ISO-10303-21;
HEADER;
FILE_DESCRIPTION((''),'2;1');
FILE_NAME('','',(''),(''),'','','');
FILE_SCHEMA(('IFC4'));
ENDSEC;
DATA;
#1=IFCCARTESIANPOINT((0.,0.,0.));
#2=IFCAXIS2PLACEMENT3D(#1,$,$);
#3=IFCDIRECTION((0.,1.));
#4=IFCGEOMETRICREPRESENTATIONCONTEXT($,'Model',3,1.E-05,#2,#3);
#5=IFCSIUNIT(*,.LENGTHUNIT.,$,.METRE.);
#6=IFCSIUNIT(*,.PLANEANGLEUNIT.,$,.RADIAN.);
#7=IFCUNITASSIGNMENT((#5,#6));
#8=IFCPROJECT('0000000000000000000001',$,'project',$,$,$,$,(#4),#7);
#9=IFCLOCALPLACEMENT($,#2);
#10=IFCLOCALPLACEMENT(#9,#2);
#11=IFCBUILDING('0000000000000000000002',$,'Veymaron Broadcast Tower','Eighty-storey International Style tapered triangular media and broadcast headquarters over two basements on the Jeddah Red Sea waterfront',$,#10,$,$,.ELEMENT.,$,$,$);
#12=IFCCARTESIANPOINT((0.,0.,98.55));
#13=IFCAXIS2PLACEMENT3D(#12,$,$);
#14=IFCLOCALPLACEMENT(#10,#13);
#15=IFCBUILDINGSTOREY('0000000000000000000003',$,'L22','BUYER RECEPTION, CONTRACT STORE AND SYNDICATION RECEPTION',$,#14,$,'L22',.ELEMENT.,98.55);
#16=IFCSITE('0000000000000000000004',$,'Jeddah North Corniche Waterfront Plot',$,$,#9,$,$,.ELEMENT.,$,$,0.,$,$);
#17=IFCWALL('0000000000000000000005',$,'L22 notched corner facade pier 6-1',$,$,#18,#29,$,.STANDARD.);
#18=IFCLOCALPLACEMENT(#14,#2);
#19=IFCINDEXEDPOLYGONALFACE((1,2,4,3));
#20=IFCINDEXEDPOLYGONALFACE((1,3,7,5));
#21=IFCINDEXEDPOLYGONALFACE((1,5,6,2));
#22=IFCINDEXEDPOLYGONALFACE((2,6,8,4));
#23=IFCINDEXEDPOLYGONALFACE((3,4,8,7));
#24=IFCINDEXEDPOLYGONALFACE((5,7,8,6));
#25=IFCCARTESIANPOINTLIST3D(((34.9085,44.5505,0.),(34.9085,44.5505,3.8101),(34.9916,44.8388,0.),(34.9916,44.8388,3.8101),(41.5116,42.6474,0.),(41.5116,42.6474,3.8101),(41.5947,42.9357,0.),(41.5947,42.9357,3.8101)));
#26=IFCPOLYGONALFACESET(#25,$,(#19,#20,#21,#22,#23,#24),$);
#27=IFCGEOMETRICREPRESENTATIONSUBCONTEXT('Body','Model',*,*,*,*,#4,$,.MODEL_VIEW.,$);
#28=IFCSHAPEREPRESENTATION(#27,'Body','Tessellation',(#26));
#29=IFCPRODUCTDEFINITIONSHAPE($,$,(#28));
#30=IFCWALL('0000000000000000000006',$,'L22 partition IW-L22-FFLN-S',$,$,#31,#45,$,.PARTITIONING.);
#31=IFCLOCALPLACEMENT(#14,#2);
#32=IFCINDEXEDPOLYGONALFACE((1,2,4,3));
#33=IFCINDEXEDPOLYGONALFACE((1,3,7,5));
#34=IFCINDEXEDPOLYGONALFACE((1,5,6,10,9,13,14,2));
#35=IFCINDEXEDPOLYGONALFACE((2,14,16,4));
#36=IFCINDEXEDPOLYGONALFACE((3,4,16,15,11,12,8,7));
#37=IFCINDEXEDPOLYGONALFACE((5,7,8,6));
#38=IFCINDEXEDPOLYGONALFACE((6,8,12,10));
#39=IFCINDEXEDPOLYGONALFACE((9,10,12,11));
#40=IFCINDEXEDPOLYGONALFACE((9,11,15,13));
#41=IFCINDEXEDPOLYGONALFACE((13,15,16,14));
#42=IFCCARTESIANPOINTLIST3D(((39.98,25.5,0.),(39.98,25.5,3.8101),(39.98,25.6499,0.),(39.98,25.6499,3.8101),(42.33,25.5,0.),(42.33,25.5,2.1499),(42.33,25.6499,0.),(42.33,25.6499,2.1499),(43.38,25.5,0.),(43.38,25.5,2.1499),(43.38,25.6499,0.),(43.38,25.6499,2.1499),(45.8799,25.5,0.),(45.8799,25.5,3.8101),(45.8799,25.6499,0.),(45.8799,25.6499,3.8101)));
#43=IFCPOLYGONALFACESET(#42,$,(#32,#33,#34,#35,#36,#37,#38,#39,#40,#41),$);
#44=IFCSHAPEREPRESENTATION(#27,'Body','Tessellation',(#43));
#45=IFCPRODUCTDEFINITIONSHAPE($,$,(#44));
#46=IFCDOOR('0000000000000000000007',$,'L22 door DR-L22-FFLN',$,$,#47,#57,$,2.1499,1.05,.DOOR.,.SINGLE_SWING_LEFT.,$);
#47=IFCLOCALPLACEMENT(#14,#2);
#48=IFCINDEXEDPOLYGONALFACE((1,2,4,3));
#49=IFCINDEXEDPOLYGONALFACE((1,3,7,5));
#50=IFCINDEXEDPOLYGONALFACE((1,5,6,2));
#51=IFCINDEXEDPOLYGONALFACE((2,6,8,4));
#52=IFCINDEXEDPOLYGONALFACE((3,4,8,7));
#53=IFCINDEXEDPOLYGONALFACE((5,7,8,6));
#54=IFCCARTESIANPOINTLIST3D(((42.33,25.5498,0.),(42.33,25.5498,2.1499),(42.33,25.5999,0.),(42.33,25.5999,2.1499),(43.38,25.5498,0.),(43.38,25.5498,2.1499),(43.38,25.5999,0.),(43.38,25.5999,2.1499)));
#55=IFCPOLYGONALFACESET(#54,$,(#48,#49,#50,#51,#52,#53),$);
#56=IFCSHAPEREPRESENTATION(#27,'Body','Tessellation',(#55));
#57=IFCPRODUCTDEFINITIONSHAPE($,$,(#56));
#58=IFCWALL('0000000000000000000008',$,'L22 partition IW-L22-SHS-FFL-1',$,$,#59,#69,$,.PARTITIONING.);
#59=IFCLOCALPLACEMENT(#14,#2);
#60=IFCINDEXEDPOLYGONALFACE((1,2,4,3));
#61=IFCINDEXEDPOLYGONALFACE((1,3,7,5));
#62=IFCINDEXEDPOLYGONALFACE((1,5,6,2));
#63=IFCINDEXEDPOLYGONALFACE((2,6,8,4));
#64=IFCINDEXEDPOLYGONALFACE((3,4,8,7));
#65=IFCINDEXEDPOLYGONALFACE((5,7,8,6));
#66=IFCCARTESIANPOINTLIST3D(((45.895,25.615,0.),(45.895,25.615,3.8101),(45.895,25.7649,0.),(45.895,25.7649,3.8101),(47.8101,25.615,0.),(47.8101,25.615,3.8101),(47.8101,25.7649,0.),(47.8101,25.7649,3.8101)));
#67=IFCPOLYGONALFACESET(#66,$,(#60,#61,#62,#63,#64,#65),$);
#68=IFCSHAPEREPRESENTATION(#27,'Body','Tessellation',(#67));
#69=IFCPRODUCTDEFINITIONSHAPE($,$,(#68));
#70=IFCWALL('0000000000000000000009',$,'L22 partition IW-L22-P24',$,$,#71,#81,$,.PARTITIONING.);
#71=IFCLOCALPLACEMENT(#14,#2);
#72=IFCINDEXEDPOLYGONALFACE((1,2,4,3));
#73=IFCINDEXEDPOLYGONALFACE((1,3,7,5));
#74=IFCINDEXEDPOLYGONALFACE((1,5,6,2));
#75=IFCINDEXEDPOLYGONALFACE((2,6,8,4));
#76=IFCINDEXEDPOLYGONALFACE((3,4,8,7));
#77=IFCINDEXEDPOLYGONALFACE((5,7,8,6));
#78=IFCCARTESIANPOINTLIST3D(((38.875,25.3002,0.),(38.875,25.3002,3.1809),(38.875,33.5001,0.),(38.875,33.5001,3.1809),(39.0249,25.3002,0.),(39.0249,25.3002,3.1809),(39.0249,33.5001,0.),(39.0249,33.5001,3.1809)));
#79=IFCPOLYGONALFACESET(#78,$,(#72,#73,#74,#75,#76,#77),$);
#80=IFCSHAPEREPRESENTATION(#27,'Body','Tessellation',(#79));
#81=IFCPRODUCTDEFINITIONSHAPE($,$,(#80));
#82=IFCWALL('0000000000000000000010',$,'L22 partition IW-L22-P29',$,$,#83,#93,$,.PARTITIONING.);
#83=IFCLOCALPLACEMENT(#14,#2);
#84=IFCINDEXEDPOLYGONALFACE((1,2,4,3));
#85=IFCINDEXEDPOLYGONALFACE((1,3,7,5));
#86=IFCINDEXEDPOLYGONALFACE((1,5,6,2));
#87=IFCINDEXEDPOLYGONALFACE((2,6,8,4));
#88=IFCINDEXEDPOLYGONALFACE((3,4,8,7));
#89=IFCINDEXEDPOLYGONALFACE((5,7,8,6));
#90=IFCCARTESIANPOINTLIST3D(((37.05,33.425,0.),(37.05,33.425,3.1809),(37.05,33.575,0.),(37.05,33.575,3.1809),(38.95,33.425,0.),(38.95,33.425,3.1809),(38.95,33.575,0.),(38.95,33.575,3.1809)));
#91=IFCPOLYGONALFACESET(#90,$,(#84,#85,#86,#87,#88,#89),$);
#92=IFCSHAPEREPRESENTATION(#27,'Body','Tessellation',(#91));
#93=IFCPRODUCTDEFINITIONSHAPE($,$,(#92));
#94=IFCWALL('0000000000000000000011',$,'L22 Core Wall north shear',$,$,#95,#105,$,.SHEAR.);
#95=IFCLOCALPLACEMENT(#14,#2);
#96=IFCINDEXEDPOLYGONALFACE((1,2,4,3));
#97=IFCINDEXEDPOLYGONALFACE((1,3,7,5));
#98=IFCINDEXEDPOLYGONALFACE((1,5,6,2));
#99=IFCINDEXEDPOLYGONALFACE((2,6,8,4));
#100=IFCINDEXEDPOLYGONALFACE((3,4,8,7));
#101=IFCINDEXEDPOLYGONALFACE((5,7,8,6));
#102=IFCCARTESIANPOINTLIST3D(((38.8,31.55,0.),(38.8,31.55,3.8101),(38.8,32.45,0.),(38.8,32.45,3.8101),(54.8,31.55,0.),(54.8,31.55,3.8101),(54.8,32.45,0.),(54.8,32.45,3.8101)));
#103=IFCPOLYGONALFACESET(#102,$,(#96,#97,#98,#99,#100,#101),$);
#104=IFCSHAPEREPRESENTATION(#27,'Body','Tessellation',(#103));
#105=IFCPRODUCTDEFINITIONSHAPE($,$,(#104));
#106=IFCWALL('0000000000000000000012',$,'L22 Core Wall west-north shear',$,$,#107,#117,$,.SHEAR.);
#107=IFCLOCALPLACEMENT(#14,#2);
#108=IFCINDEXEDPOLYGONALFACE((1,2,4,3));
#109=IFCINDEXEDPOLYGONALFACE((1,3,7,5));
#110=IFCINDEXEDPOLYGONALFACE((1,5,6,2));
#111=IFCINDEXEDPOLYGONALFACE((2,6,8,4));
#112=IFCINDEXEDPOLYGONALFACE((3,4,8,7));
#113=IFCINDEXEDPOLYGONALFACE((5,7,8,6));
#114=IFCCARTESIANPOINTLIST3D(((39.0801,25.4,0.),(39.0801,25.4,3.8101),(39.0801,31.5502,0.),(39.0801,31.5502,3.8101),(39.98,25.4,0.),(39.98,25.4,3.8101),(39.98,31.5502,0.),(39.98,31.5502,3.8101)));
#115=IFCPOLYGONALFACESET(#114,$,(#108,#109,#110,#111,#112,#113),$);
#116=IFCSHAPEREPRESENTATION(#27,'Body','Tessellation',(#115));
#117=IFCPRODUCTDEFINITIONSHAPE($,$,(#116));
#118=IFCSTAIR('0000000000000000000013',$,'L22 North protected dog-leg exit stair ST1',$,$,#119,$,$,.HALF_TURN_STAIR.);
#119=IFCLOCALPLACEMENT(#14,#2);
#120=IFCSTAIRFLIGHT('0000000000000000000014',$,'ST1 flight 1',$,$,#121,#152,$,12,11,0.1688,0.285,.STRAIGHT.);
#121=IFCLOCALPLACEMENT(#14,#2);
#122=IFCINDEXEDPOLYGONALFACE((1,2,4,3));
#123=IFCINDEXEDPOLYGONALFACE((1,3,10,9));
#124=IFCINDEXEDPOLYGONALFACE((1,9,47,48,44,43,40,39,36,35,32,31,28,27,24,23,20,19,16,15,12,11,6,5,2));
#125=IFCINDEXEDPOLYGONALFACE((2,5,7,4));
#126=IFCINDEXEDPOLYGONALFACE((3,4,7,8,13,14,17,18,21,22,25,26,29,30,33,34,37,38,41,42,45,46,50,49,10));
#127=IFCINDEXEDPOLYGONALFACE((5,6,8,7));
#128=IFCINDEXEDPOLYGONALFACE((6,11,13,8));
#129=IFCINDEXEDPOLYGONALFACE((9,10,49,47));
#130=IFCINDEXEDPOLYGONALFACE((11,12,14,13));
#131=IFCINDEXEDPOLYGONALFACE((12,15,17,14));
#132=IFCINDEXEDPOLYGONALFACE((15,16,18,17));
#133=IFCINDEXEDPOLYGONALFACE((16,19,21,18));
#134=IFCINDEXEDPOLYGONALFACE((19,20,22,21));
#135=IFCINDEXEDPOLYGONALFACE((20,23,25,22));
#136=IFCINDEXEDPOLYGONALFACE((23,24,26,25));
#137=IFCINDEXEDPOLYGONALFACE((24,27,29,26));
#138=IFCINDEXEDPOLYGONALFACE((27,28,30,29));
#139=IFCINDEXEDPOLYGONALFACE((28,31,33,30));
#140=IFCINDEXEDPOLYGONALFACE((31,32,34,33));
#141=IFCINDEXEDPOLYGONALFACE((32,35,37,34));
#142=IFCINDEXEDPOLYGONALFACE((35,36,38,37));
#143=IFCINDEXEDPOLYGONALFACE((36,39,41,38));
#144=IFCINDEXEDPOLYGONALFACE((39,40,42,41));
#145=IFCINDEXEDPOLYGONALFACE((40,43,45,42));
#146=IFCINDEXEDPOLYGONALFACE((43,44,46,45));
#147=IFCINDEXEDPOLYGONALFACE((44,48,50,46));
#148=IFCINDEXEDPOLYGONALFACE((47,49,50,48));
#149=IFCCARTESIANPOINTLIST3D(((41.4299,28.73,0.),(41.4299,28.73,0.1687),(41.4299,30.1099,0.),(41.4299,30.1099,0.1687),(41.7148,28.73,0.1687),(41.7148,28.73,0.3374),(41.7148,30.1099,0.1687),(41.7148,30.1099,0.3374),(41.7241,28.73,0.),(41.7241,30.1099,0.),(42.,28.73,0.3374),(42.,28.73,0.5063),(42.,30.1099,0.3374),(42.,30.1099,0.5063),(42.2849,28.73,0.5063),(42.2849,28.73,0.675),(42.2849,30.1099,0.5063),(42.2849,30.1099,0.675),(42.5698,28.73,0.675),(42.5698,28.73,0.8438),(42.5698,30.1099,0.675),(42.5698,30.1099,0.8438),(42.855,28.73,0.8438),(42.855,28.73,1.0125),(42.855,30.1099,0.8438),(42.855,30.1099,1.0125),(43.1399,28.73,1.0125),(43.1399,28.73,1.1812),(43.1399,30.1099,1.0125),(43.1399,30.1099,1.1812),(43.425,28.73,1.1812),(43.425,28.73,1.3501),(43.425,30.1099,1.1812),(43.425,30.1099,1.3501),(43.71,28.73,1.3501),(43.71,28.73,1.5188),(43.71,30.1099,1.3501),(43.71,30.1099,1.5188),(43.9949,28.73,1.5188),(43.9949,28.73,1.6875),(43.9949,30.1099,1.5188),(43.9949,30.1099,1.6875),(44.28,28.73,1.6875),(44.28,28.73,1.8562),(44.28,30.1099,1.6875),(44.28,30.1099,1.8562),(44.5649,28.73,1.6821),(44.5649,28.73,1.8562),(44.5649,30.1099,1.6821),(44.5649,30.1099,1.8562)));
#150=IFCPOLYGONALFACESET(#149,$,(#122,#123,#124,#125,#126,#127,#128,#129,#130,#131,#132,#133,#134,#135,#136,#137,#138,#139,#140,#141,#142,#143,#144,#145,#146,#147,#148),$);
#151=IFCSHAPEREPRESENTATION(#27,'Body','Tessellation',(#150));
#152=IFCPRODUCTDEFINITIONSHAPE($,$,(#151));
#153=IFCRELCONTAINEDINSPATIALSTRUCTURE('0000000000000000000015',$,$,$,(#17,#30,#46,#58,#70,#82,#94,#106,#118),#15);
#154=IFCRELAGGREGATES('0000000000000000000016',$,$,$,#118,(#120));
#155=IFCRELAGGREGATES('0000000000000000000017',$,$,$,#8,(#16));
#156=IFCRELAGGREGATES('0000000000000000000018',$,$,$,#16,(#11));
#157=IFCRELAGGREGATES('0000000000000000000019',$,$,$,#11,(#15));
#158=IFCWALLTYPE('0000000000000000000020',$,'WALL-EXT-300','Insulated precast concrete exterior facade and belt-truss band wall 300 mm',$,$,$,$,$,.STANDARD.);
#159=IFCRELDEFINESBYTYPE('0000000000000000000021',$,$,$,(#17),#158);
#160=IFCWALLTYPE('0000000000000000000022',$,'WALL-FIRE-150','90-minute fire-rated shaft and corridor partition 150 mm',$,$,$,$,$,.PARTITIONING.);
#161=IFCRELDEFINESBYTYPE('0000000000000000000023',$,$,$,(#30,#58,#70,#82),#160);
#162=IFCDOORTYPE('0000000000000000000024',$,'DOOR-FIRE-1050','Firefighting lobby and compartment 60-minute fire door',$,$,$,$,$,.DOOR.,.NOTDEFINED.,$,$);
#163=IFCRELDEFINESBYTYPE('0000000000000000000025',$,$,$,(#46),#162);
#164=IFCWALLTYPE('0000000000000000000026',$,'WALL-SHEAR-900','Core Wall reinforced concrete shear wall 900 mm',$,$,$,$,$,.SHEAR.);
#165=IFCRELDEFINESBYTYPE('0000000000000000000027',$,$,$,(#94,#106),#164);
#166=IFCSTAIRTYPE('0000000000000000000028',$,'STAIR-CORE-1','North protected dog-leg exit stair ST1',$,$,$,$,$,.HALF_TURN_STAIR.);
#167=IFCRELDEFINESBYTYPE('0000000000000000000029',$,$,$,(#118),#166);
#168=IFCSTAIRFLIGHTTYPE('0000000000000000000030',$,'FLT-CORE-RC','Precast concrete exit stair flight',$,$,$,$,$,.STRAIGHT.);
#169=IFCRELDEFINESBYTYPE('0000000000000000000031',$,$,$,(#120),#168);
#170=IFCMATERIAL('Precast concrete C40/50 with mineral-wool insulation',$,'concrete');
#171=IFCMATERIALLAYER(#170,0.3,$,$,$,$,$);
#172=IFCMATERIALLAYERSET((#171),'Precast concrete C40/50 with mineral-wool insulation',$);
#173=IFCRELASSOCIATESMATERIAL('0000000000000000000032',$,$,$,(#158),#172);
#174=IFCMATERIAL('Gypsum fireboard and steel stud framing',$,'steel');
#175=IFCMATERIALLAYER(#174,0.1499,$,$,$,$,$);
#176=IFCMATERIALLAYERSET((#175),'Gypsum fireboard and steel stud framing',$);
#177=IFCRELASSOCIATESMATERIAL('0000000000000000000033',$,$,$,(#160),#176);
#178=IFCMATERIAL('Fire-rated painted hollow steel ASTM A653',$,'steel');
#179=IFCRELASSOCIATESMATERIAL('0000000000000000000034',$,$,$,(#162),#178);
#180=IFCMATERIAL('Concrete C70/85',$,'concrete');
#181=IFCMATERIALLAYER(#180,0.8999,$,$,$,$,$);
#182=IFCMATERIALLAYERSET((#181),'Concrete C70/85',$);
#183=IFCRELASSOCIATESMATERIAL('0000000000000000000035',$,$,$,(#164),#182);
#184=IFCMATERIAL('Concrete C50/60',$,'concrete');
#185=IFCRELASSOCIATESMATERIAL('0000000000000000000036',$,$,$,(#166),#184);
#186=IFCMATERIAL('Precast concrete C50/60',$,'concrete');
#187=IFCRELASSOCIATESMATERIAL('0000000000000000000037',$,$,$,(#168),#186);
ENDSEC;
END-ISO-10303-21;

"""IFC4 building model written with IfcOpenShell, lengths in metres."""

from ifc_helpers import new_model, si_unit, direction, frame, frame_2d, origin, place, context, subcontext, project, spatial, polyline, rectangle, outline, extrude, material, layer, layer_set, type_object, element, fill, aggregate, save


model = new_model("IFC4")

# Units and contexts
model_context = context("Model", 3, precision=1e-05, world=origin(), true_north=direction((0.0, 1.0)))
body_context = subcontext(model_context, "Body", "Model", "MODEL_VIEW")
ifc_project = project(units=[si_unit("LENGTHUNIT", "METRE"), si_unit("PLANEANGLEUNIT", "RADIAN")], contexts=[model_context])

# Site, building, storey
site_placement = place(None, origin())
site = spatial("IfcSite", under=ifc_project, at=site_placement, Name="Jeddah North Corniche Waterfront Plot", CompositionType="ELEMENT", RefElevation=0.0)
building_placement = place(site_placement, origin())
building = spatial("IfcBuilding", under=site, at=building_placement, Name="Veymaron Broadcast Tower", Description="Eighty-storey International Style tapered triangular media and broadcast headquarters over two basements on the Jeddah Red Sea waterfront", CompositionType="ELEMENT")
storey_placement = place(building_placement, frame((0.0, 0.0, 98.55)))
storey = spatial("IfcBuildingStorey", under=building, at=storey_placement, Name="L22", Description="BUYER RECEPTION, CONTRACT STORE AND SYNDICATION RECEPTION", LongName="L22", CompositionType="ELEMENT", Elevation=98.55)

# Wall
ifc_material_1 = material(Name="Precast concrete C40/50 with mineral-wool insulation", Category="concrete")
ifc_layer_1 = layer(ifc_material_1, 0.3)
ifc_layer_set_1 = layer_set([ifc_layer_1], Name="Precast concrete C40/50 with mineral-wool insulation")
wall_type_1 = type_object("IfcWallType", Name="WALL-EXT-300", Description="Insulated precast concrete exterior facade and belt-truss band wall 300 mm", PredefinedType="STANDARD", material=ifc_layer_set_1)
wall_1_placement = place(storey_placement, frame((41.5532, 42.7915, 0.0), z_axis=(0.0, 0.0, 1.0), x_axis=(-0.960887, 0.27694, 0.0)))
element("IfcWall", 1, at=wall_1_placement, inside=storey, type_object=wall_type_1, Name="L22 notched corner facade pier 6-1", PredefinedType="STANDARD", context=body_context, shape_type="SweptSolid", body=[
    extrude(rectangle(XDim=6.8718, YDim=0.3, at=frame_2d((3.436, 0.0))), origin(), (0.0, 0.0, 1.0), 3.8101),
])

# Wall, opening, door
ifc_material_2 = material(Name="Gypsum fireboard and steel stud framing", Category="steel")
ifc_layer_2 = layer(ifc_material_2, 0.1499)
ifc_layer_set_2 = layer_set([ifc_layer_2], Name="Gypsum fireboard and steel stud framing")
wall_type_2 = type_object("IfcWallType", Name="WALL-FIRE-150", Description="90-minute fire-rated shaft and corridor partition 150 mm", PredefinedType="PARTITIONING", material=ifc_layer_set_2)
wall_2_placement = place(storey_placement, frame((39.98, 25.575, 0.0), z_axis=(0.0, 0.0, 1.0), x_axis=(1.0, 0.0, 0.0)))
wall_2 = element("IfcWall", 2, at=wall_2_placement, inside=storey, type_object=wall_type_2, Name="L22 partition IW-L22-FFLN-S", PredefinedType="PARTITIONING", context=body_context, shape_type="SweptSolid", body=[
    extrude(rectangle(XDim=5.8999, YDim=0.1499, at=frame_2d((2.95, 0.0))), origin(), (0.0, 0.0, 1.0), 3.8101),
])
opening_1_placement = place(wall_2_placement, frame((2.3501, 0.0, 0.0)))
opening_1 = element("IfcOpeningElement", 3, at=opening_1_placement, cuts=wall_2, PredefinedType="OPENING", context=body_context, shape_type="SweptSolid", body=[
    extrude(rectangle(XDim=1.05, YDim=2.1499, at=frame_2d((0.5249, 1.075))), frame((0.0, 0.085, 0.0), z_axis=(0.0, -1.0, 0.0), x_axis=(1.0, 0.0, 0.0)), (0.0, 0.0, 1.0), 0.1699),
])
ifc_material_3 = material(Name="Fire-rated painted hollow steel ASTM A653", Category="steel")
door_type_1 = type_object("IfcDoorType", Name="DOOR-FIRE-1050", Description="Firefighting lobby and compartment 60-minute fire door", OperationType="NOTDEFINED", PredefinedType="DOOR", material=ifc_material_3)
door_1_placement = place(opening_1_placement, origin())
door_1 = element("IfcDoor", 4, at=door_1_placement, inside=storey, type_object=door_type_1, Name="L22 door DR-L22-FFLN", OperationType="SINGLE_SWING_LEFT", OverallHeight=2.1499, OverallWidth=1.05, PredefinedType="DOOR", context=body_context, shape_type="SweptSolid", body=[
    extrude(rectangle(XDim=1.05, YDim=2.1499, at=frame_2d((0.5249, 1.075))), frame((0.0, 0.0249, 0.0), z_axis=(0.0, -1.0, 0.0), x_axis=(1.0, 0.0, 0.0)), (0.0, 0.0, 1.0), 0.05),
])
fill(opening_1, door_1)

# Wall
wall_3_placement = place(storey_placement, frame((45.895, 25.6899, 0.0), z_axis=(0.0, 0.0, 1.0), x_axis=(1.0, 0.0, 0.0)))
element("IfcWall", 5, at=wall_3_placement, inside=storey, type_object=wall_type_2, Name="L22 partition IW-L22-SHS-FFL-1", PredefinedType="PARTITIONING", context=body_context, shape_type="SweptSolid", body=[
    extrude(rectangle(XDim=1.915, YDim=0.1499, at=frame_2d((0.9575, 0.0))), origin(), (0.0, 0.0, 1.0), 3.8101),
])

# Walls
wall_4_placement = place(storey_placement, frame((38.95, 25.3, 0.0), z_axis=(0.0, 0.0, 1.0), x_axis=(0.0, 1.0, 0.0)))
element("IfcWall", 6, at=wall_4_placement, inside=storey, type_object=wall_type_2, Name="L22 partition IW-L22-P24", PredefinedType="PARTITIONING", context=body_context, shape_type="SweptSolid", body=[
    extrude(rectangle(XDim=8.2, YDim=0.1499, at=frame_2d((4.1001, 0.0))), origin(), (0.0, 0.0, 1.0), 3.1809),
])
wall_5_placement = place(storey_placement, frame((37.05, 33.5, 0.0), z_axis=(0.0, 0.0, 1.0), x_axis=(1.0, 0.0, 0.0)))
element("IfcWall", 7, at=wall_5_placement, inside=storey, type_object=wall_type_2, Name="L22 partition IW-L22-P29", PredefinedType="PARTITIONING", context=body_context, shape_type="SweptSolid", body=[
    extrude(rectangle(XDim=1.8999, YDim=0.1499, at=frame_2d((0.95, 0.0))), origin(), (0.0, 0.0, 1.0), 3.1809),
])

# Shared definitions
ifc_material_4 = material(Name="Concrete C50/60", Category="concrete")

# Walls
ifc_material_5 = material(Name="Concrete C70/85", Category="concrete")
ifc_layer_3 = layer(ifc_material_5, 0.8999)
ifc_layer_set_3 = layer_set([ifc_layer_3], Name="Concrete C70/85")
wall_type_3 = type_object("IfcWallType", Name="WALL-SHEAR-900", Description="Core Wall reinforced concrete shear wall 900 mm", PredefinedType="SHEAR", material=ifc_layer_set_3)
wall_6_placement = place(storey_placement, frame((38.8, 32.0, 0.0), z_axis=(0.0, 0.0, 1.0), x_axis=(1.0, 0.0, 0.0)))
element("IfcWall", 8, at=wall_6_placement, inside=storey, type_object=wall_type_3, Name="L22 Core Wall north shear", PredefinedType="SHEAR", context=body_context, shape_type="SweptSolid", body=[
    extrude(rectangle(XDim=16.0, YDim=0.8999, at=frame_2d((8.0, 0.0))), origin(), (0.0, 0.0, 1.0), 3.8101),
])
wall_7_placement = place(storey_placement, frame((39.53, 25.3999, 0.0), z_axis=(0.0, 0.0, 1.0), x_axis=(0.0, 1.0, 0.0)))
element("IfcWall", 9, at=wall_7_placement, inside=storey, type_object=wall_type_3, Name="L22 Core Wall west-north shear", PredefinedType="SHEAR", context=body_context, shape_type="SweptSolid", body=[
    extrude(rectangle(XDim=6.1501, YDim=0.8999, at=frame_2d((3.0752, 0.0))), origin(), (0.0, 0.0, 1.0), 3.8101),
])

# Stair, stair flight
stair_type = type_object("IfcStairType", Name="STAIR-CORE-1", Description="North protected dog-leg exit stair ST1", PredefinedType="HALF_TURN_STAIR", material=ifc_material_4)
stair_placement = place(storey_placement, origin())
stair = element("IfcStair", 10, at=stair_placement, inside=storey, type_object=stair_type, Name="L22 North protected dog-leg exit stair ST1", PredefinedType="HALF_TURN_STAIR")
ifc_material_6 = material(Name="Precast concrete C50/60", Category="concrete")
stair_flight_type = type_object("IfcStairFlightType", Name="FLT-CORE-RC", Description="Precast concrete exit stair flight", PredefinedType="STRAIGHT", material=ifc_material_6)
stair_flight_1_placement = place(storey_placement, frame((41.4299, 29.4199, 0.0), z_axis=(0.0, 0.0, 1.0), x_axis=(1.0, 0.0, 0.0)))
stair_flight_1 = element("IfcStairFlight", 11, at=stair_flight_1_placement, type_object=stair_flight_type, Name="ST1 flight 1", NumberOfRisers=12, NumberOfTreads=11, PredefinedType="STRAIGHT", RiserHeight=0.1688, TreadLength=0.285, context=body_context, shape_type="SweptSolid", body=[
    extrude(outline(polyline([(0.0, 0.0), (0.0, 0.1687), (0.2849, 0.1687), (0.2849, 0.3374), (0.5701, 0.3374), (0.5701, 0.5063), (0.855, 0.5063), (0.855, 0.675), (1.1399, 0.675), (1.1399, 0.8438), (1.425, 0.8438), (1.425, 1.0125), (1.71, 1.0125), (1.71, 1.1812), (1.9951, 1.1812), (1.9951, 1.3501), (2.28, 1.3501), (2.28, 1.5188), (2.5649, 1.5188), (2.5649, 1.6875), (2.8501, 1.6875), (2.8501, 1.8562), (3.135, 1.8562), (3.135, 2.0249), (3.135, 1.6821), (0.2942, 0.0), (0.0, 0.0)])), frame((0.0, 0.6899, 0.0), z_axis=(0.0, -1.0, 0.0), x_axis=(1.0, 0.0, 0.0)), (0.0, 0.0, 1.0), 1.3799),
])
aggregate(stair, [stair_flight_1])

save(model, "model.ifc")
